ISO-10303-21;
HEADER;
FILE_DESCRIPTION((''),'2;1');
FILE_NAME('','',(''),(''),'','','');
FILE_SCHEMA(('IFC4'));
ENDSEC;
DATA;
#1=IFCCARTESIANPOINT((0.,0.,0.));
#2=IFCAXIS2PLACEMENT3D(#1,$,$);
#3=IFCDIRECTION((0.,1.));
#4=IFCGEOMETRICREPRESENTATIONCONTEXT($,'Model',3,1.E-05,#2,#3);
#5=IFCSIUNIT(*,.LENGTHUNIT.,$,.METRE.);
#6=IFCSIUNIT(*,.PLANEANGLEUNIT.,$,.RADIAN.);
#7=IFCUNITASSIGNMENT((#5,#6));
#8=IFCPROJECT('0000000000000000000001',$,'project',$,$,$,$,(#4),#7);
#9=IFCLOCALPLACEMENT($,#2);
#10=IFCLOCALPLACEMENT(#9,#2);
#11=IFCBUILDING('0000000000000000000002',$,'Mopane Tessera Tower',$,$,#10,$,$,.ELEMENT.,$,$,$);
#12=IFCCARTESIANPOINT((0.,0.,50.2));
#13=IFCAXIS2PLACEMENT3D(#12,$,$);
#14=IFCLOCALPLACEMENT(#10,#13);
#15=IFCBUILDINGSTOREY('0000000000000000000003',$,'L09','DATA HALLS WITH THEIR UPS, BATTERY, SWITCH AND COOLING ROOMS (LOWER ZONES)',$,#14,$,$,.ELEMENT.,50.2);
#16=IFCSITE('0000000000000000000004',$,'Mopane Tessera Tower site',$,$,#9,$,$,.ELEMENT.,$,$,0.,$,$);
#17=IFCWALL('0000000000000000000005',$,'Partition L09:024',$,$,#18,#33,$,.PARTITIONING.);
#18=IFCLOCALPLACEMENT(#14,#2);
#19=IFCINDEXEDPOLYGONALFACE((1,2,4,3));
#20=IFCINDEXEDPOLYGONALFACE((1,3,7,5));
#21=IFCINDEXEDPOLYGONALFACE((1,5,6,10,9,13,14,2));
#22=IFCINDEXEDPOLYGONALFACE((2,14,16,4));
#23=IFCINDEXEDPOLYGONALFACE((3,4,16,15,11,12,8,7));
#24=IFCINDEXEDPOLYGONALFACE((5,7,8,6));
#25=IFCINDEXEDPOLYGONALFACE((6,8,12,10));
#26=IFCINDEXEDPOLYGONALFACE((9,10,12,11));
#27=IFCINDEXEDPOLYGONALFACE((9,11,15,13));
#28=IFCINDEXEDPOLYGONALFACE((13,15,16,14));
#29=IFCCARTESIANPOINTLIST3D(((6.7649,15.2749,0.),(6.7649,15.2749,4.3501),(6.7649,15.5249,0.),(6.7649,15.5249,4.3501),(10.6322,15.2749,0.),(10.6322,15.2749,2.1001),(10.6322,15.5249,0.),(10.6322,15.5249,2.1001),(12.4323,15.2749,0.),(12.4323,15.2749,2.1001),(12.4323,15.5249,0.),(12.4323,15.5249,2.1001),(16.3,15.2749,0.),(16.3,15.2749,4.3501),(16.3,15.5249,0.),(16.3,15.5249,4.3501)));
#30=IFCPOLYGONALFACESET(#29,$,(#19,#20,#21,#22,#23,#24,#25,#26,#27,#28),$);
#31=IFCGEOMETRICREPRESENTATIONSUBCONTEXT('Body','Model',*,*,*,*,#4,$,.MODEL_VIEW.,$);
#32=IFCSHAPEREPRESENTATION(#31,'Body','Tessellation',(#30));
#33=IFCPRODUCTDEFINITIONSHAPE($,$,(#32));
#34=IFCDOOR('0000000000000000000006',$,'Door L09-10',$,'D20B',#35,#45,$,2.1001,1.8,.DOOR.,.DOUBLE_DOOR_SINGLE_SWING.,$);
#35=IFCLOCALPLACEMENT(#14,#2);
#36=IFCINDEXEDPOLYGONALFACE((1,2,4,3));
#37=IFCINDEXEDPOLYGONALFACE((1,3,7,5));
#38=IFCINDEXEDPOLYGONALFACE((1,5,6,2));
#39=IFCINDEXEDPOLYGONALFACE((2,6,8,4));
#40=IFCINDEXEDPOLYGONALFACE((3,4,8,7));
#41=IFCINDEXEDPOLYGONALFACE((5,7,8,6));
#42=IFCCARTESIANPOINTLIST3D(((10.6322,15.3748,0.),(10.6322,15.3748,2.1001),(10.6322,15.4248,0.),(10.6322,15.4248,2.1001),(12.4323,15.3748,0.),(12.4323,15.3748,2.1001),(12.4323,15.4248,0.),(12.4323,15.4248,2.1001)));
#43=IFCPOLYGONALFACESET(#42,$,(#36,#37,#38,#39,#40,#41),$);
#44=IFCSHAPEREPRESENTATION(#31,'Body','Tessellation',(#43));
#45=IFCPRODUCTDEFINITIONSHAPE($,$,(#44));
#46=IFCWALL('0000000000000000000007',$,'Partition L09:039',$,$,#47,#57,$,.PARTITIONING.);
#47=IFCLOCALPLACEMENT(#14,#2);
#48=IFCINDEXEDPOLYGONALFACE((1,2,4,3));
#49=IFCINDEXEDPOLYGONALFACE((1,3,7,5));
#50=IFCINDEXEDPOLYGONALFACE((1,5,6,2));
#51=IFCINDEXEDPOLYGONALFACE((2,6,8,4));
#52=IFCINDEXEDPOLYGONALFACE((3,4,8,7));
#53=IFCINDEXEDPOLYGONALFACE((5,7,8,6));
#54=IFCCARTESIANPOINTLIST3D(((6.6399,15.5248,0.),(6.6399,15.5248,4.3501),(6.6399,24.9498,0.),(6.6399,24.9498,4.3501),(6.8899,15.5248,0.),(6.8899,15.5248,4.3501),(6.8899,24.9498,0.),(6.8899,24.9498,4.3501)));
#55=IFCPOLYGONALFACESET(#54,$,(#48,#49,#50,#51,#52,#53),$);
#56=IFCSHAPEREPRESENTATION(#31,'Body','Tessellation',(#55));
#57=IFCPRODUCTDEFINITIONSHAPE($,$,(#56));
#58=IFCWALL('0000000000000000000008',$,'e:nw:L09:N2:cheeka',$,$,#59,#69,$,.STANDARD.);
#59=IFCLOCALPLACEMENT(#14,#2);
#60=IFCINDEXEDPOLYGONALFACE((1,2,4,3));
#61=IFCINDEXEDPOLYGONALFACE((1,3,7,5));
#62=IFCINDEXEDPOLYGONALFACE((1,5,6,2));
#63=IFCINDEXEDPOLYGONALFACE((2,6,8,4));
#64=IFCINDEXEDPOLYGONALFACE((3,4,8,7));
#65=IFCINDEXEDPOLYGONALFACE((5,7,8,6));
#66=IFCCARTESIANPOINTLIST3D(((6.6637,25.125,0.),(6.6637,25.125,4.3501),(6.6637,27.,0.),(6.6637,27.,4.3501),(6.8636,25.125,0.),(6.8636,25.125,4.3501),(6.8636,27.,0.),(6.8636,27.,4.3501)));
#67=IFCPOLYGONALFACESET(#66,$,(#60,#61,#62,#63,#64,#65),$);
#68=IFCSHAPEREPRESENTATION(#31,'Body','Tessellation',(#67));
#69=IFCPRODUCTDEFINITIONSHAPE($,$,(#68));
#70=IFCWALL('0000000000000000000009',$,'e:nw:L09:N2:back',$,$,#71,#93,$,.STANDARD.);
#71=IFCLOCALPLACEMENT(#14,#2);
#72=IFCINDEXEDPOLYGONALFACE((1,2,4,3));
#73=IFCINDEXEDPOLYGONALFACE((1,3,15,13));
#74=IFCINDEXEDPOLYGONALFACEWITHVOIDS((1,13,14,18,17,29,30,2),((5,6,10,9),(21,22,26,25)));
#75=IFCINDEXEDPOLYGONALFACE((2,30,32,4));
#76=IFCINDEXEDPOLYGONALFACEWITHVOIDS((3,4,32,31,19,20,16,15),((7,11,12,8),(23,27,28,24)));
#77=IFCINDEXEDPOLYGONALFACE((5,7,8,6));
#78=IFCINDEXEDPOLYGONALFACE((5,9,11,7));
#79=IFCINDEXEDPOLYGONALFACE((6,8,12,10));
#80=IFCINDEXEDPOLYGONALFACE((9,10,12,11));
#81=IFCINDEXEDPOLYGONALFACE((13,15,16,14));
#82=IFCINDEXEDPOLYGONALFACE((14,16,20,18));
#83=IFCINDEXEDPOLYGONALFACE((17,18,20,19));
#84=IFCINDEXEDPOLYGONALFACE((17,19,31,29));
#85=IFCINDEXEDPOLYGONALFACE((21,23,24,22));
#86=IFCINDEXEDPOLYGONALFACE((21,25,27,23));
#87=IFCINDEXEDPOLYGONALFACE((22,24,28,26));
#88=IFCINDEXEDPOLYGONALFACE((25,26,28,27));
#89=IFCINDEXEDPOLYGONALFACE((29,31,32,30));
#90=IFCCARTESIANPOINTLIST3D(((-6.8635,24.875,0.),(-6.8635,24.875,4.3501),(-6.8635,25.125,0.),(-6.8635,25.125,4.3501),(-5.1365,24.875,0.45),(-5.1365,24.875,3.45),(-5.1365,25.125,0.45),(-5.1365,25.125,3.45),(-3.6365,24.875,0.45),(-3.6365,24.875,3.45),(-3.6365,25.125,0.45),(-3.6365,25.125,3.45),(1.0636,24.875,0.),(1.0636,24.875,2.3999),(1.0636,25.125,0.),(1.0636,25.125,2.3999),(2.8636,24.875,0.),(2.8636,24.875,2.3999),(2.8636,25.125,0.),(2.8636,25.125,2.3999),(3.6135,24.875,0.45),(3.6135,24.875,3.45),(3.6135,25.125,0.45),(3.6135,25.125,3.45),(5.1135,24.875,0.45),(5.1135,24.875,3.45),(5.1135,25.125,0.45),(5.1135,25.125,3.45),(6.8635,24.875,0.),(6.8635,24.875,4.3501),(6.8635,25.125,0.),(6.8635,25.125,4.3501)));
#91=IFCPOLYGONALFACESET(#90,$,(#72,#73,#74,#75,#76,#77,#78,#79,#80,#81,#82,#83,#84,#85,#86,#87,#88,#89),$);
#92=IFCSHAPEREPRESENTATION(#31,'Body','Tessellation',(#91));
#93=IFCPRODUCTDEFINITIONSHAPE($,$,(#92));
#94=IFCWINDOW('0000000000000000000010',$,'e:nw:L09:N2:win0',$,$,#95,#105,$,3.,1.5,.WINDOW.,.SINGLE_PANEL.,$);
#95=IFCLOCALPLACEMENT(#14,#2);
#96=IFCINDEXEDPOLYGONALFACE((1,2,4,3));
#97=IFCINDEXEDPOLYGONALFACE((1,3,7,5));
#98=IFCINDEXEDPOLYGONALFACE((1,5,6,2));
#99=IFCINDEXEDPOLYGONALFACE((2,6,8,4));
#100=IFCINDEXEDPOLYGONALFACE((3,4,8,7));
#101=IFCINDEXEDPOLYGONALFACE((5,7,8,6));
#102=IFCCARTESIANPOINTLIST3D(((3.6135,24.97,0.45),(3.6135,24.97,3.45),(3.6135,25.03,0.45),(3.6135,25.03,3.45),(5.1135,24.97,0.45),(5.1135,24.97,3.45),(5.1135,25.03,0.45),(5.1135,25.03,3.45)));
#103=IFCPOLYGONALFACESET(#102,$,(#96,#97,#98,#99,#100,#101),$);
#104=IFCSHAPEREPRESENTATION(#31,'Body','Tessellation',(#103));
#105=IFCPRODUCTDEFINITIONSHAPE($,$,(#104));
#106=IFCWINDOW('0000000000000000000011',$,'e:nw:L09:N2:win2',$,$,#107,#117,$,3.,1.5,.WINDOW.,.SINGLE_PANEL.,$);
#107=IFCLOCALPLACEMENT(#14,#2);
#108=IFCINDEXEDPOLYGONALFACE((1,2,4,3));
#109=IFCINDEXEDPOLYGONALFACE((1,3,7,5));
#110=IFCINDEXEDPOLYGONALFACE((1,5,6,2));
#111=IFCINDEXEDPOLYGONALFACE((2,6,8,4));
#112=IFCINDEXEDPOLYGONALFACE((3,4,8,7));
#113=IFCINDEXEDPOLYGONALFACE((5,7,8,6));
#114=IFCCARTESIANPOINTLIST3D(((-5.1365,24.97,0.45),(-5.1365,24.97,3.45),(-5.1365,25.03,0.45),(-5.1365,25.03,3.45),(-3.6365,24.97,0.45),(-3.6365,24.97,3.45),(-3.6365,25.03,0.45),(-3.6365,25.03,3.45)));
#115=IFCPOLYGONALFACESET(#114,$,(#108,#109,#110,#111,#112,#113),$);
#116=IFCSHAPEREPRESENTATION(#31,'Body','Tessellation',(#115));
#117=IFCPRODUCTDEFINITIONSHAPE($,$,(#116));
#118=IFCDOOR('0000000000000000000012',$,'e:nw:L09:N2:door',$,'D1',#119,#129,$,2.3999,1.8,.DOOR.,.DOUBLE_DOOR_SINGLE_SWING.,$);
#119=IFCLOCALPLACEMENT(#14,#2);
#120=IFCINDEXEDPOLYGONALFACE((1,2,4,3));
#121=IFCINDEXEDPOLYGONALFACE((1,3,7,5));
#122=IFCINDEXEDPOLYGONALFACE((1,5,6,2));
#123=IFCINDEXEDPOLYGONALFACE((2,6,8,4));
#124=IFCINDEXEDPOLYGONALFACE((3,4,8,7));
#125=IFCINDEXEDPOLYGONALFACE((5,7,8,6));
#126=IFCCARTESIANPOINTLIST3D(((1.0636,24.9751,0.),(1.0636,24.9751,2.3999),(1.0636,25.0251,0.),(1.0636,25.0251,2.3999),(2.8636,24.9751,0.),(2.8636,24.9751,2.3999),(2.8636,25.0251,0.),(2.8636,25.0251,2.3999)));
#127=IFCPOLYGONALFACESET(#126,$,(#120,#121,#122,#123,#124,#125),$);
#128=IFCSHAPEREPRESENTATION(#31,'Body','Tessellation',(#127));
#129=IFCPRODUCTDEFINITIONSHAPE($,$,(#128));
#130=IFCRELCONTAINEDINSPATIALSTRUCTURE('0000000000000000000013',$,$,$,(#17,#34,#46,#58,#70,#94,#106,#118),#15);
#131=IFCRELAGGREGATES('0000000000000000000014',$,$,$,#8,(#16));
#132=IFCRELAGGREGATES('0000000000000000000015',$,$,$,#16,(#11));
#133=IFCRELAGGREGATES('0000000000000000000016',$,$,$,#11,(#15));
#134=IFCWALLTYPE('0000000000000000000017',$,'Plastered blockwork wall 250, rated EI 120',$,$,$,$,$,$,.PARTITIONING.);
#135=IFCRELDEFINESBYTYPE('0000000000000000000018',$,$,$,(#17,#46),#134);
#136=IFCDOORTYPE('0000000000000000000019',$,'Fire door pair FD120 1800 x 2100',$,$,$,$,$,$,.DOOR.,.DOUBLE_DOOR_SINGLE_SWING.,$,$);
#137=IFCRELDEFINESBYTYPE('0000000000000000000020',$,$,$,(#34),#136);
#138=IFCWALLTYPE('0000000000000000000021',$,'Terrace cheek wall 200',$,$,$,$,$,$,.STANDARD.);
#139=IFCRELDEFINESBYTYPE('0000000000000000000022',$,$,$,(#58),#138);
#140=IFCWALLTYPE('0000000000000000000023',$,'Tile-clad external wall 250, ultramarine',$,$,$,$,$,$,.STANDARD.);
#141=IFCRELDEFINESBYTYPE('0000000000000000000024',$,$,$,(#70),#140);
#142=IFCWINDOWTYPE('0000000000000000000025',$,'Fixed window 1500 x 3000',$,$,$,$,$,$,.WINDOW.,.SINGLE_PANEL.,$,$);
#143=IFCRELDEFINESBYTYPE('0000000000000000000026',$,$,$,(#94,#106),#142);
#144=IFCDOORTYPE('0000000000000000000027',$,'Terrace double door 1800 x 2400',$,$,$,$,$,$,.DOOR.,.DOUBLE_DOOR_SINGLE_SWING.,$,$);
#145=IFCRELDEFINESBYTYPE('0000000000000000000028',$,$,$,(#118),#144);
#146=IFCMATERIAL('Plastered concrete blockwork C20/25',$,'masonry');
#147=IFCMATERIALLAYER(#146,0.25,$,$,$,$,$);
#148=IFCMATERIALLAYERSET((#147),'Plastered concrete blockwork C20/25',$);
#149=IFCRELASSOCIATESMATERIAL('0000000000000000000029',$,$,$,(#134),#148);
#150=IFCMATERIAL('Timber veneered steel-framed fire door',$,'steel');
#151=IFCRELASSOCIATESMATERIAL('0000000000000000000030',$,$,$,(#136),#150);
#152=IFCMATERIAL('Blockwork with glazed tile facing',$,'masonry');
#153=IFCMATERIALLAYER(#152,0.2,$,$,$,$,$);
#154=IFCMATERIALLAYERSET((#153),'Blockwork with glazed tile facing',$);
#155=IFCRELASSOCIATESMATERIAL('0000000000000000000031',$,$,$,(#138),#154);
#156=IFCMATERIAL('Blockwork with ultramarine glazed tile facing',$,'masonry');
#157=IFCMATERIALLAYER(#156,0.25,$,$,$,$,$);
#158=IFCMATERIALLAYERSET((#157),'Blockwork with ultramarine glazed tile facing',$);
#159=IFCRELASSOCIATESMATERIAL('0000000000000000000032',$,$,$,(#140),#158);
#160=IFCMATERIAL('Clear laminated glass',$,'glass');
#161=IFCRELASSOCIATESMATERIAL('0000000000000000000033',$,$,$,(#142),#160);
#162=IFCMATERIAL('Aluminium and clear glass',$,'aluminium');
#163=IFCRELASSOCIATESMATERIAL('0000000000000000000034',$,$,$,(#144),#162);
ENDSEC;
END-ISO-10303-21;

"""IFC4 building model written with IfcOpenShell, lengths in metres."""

from ifc_helpers import new_model, si_unit, direction, frame, frame_2d, origin, place, context, subcontext, project, spatial, rectangle, extrude, material, layer, layer_set, type_object, element, fill, save


model = new_model("IFC4")

# Units and contexts
model_context = context("Model", 3, precision=1e-05, world=origin(), true_north=direction((0.0, 1.0)))
body_context = subcontext(model_context, "Body", "Model", "MODEL_VIEW")
ifc_project = project(units=[si_unit("LENGTHUNIT", "METRE"), si_unit("PLANEANGLEUNIT", "RADIAN")], contexts=[model_context])

# Site, building, storey
site_placement = place(None, origin())
site = spatial("IfcSite", under=ifc_project, at=site_placement, Name="Mopane Tessera Tower site", CompositionType="ELEMENT", RefElevation=0.0)
building_placement = place(site_placement, origin())
building = spatial("IfcBuilding", under=site, at=building_placement, Name="Mopane Tessera Tower", CompositionType="ELEMENT")
storey_placement = place(building_placement, frame((0.0, 0.0, 50.2)))
storey = spatial("IfcBuildingStorey", under=building, at=storey_placement, Name="L09", Description="DATA HALLS WITH THEIR UPS, BATTERY, SWITCH AND COOLING ROOMS (LOWER ZONES)", CompositionType="ELEMENT", Elevation=50.2)

# Wall, opening, door
ifc_material_1 = material(Name="Plastered concrete blockwork C20/25", Category="masonry")
ifc_layer_1 = layer(ifc_material_1, 0.25)
ifc_layer_set_1 = layer_set([ifc_layer_1], Name="Plastered concrete blockwork C20/25")
wall_type_1 = type_object("IfcWallType", Name="Plastered blockwork wall 250, rated EI 120", PredefinedType="PARTITIONING", material=ifc_layer_set_1)
wall_1_placement = place(storey_placement, frame((6.7649, 15.3999, 0.0), z_axis=(0.0, 0.0, 1.0), x_axis=(1.0, 0.0, 0.0)))
wall_1 = element("IfcWall", 1, at=wall_1_placement, inside=storey, type_object=wall_type_1, Name="Partition L09:024", PredefinedType="PARTITIONING", context=body_context, shape_type="SweptSolid", body=[
    extrude(rectangle(XDim=9.5352, YDim=0.25, at=frame_2d((4.7676, 0.0))), origin(), (0.0, 0.0, 1.0), 4.3501),
])
opening_1_placement = place(wall_1_placement, frame((3.8674, 0.0, 0.0)))
opening_1 = element("IfcOpeningElement", 2, at=opening_1_placement, cuts=wall_1, PredefinedType="OPENING", context=body_context, shape_type="SweptSolid", body=[
    extrude(rectangle(XDim=1.8, YDim=2.1001, at=frame_2d((0.8999, 1.05))), frame((0.0, 0.137, 0.0), z_axis=(0.0, -1.0, 0.0), x_axis=(1.0, 0.0, 0.0)), (0.0, 0.0, 1.0), 0.2739),
])
ifc_material_2 = material(Name="Timber veneered steel-framed fire door", Category="steel")
door_type_1 = type_object("IfcDoorType", Name="Fire door pair FD120 1800 x 2100", OperationType="DOUBLE_DOOR_SINGLE_SWING", PredefinedType="DOOR", material=ifc_material_2)
door_1_placement = place(opening_1_placement, origin())
door_1 = element("IfcDoor", 3, at=door_1_placement, inside=storey, type_object=door_type_1, Name="Door L09-10", ObjectType="D20B", OperationType="DOUBLE_DOOR_SINGLE_SWING", OverallHeight=2.1001, OverallWidth=1.8, PredefinedType="DOOR", context=body_context, shape_type="SweptSolid", body=[
    extrude(rectangle(XDim=1.8, YDim=2.1001, at=frame_2d((0.8999, 1.05))), frame((0.0, 0.0249, 0.0), z_axis=(0.0, -1.0, 0.0), x_axis=(1.0, 0.0, 0.0)), (0.0, 0.0, 1.0), 0.05),
])
fill(opening_1, door_1)

# Walls
wall_2_placement = place(storey_placement, frame((6.7649, 15.5249, 0.0), z_axis=(0.0, 0.0, 1.0), x_axis=(0.0, 1.0, 0.0)))
element("IfcWall", 4, at=wall_2_placement, inside=storey, type_object=wall_type_1, Name="Partition L09:039", PredefinedType="PARTITIONING", context=body_context, shape_type="SweptSolid", body=[
    extrude(rectangle(XDim=9.425, YDim=0.25, at=frame_2d((4.7124, 0.0))), origin(), (0.0, 0.0, 1.0), 4.3501),
])
ifc_material_3 = material(Name="Blockwork with glazed tile facing", Category="masonry")
ifc_layer_2 = layer(ifc_material_3, 0.2)
ifc_layer_set_2 = layer_set([ifc_layer_2], Name="Blockwork with glazed tile facing")
wall_type_2 = type_object("IfcWallType", Name="Terrace cheek wall 200", PredefinedType="STANDARD", material=ifc_layer_set_2)
wall_3_placement = place(storey_placement, frame((6.7637, 27.0, 0.0), z_axis=(0.0, 0.0, 1.0), x_axis=(0.0, -1.0, 0.0)))
element("IfcWall", 5, at=wall_3_placement, inside=storey, type_object=wall_type_2, Name="e:nw:L09:N2:cheeka", PredefinedType="STANDARD", context=body_context, shape_type="SweptSolid", body=[
    extrude(rectangle(XDim=1.875, YDim=0.2, at=frame_2d((0.9375, 0.0))), origin(), (0.0, 0.0, 1.0), 4.3501),
])

# Wall, openings, windows, door
ifc_material_4 = material(Name="Blockwork with ultramarine glazed tile facing", Category="masonry")
ifc_layer_3 = layer(ifc_material_4, 0.25)
ifc_layer_set_3 = layer_set([ifc_layer_3], Name="Blockwork with ultramarine glazed tile facing")
wall_type_3 = type_object("IfcWallType", Name="Tile-clad external wall 250, ultramarine", PredefinedType="STANDARD", material=ifc_layer_set_3)
wall_4_placement = place(storey_placement, frame((6.8635, 25.0, 0.0), z_axis=(0.0, 0.0, 1.0), x_axis=(-1.0, 0.0, 0.0)))
wall_4 = element("IfcWall", 6, at=wall_4_placement, inside=storey, type_object=wall_type_3, Name="e:nw:L09:N2:back", PredefinedType="STANDARD", context=body_context, shape_type="SweptSolid", body=[
    extrude(rectangle(XDim=13.7271, YDim=0.25, at=frame_2d((6.8635, 0.0))), origin(), (0.0, 0.0, 1.0), 4.3501),
])
opening_2_placement = place(wall_4_placement, frame((1.75, 0.0, 0.45)))
opening_2 = element("IfcOpeningElement", 7, at=opening_2_placement, cuts=wall_4, PredefinedType="OPENING", context=body_context, shape_type="SweptSolid", body=[
    extrude(rectangle(XDim=1.5, YDim=3.0, at=frame_2d((0.75, 1.5))), frame((0.0, 0.137, 0.0), z_axis=(0.0, -1.0, 0.0), x_axis=(1.0, 0.0, 0.0)), (0.0, 0.0, 1.0), 0.2739),
])
opening_3_placement = place(wall_4_placement, frame((4.0, 0.0, 0.0)))
opening_3 = element("IfcOpeningElement", 8, at=opening_3_placement, cuts=wall_4, PredefinedType="OPENING", context=body_context, shape_type="SweptSolid", body=[
    extrude(rectangle(XDim=1.8, YDim=2.3999, at=frame_2d((0.8999, 1.2))), frame((0.0, 0.137, 0.0), z_axis=(0.0, -1.0, 0.0), x_axis=(1.0, 0.0, 0.0)), (0.0, 0.0, 1.0), 0.2739),
])
opening_4_placement = place(wall_4_placement, frame((10.5, 0.0, 0.45)))
opening_4 = element("IfcOpeningElement", 9, at=opening_4_placement, cuts=wall_4, PredefinedType="OPENING", context=body_context, shape_type="SweptSolid", body=[
    extrude(rectangle(XDim=1.5, YDim=3.0, at=frame_2d((0.75, 1.5))), frame((0.0, 0.137, 0.0), z_axis=(0.0, -1.0, 0.0), x_axis=(1.0, 0.0, 0.0)), (0.0, 0.0, 1.0), 0.2739),
])
ifc_material_5 = material(Name="Clear laminated glass", Category="glass")
window_type = type_object("IfcWindowType", Name="Fixed window 1500 x 3000", PartitioningType="SINGLE_PANEL", PredefinedType="WINDOW", material=ifc_material_5)
window_1_placement = place(opening_2_placement, origin())
window_1 = element("IfcWindow", 10, at=window_1_placement, inside=storey, type_object=window_type, Name="e:nw:L09:N2:win0", OverallHeight=3.0, OverallWidth=1.5, PartitioningType="SINGLE_PANEL", PredefinedType="WINDOW", context=body_context, shape_type="SweptSolid", body=[
    extrude(rectangle(XDim=1.5, YDim=3.0, at=frame_2d((0.75, 1.5))), frame((0.0, 0.03, 0.0), z_axis=(0.0, -1.0, 0.0), x_axis=(1.0, 0.0, 0.0)), (0.0, 0.0, 1.0), 0.0601),
])
fill(opening_2, window_1)
window_2_placement = place(opening_4_placement, origin())
window_2 = element("IfcWindow", 11, at=window_2_placement, inside=storey, type_object=window_type, Name="e:nw:L09:N2:win2", OverallHeight=3.0, OverallWidth=1.5, PartitioningType="SINGLE_PANEL", PredefinedType="WINDOW", context=body_context, shape_type="SweptSolid", body=[
    extrude(rectangle(XDim=1.5, YDim=3.0, at=frame_2d((0.75, 1.5))), frame((0.0, 0.03, 0.0), z_axis=(0.0, -1.0, 0.0), x_axis=(1.0, 0.0, 0.0)), (0.0, 0.0, 1.0), 0.0601),
])
fill(opening_4, window_2)
ifc_material_6 = material(Name="Aluminium and clear glass", Category="aluminium")
door_type_2 = type_object("IfcDoorType", Name="Terrace double door 1800 x 2400", OperationType="DOUBLE_DOOR_SINGLE_SWING", PredefinedType="DOOR", material=ifc_material_6)
door_2_placement = place(opening_3_placement, origin())
door_2 = element("IfcDoor", 12, at=door_2_placement, inside=storey, type_object=door_type_2, Name="e:nw:L09:N2:door", ObjectType="D1", OperationType="DOUBLE_DOOR_SINGLE_SWING", OverallHeight=2.3999, OverallWidth=1.8, PredefinedType="DOOR", context=body_context, shape_type="SweptSolid", body=[
    extrude(rectangle(XDim=1.8, YDim=2.3999, at=frame_2d((0.8999, 1.2))), frame((0.0, 0.0249, 0.0), z_axis=(0.0, -1.0, 0.0), x_axis=(1.0, 0.0, 0.0)), (0.0, 0.0, 1.0), 0.05),
])
fill(opening_3, door_2)

save(model, "model.ifc")
